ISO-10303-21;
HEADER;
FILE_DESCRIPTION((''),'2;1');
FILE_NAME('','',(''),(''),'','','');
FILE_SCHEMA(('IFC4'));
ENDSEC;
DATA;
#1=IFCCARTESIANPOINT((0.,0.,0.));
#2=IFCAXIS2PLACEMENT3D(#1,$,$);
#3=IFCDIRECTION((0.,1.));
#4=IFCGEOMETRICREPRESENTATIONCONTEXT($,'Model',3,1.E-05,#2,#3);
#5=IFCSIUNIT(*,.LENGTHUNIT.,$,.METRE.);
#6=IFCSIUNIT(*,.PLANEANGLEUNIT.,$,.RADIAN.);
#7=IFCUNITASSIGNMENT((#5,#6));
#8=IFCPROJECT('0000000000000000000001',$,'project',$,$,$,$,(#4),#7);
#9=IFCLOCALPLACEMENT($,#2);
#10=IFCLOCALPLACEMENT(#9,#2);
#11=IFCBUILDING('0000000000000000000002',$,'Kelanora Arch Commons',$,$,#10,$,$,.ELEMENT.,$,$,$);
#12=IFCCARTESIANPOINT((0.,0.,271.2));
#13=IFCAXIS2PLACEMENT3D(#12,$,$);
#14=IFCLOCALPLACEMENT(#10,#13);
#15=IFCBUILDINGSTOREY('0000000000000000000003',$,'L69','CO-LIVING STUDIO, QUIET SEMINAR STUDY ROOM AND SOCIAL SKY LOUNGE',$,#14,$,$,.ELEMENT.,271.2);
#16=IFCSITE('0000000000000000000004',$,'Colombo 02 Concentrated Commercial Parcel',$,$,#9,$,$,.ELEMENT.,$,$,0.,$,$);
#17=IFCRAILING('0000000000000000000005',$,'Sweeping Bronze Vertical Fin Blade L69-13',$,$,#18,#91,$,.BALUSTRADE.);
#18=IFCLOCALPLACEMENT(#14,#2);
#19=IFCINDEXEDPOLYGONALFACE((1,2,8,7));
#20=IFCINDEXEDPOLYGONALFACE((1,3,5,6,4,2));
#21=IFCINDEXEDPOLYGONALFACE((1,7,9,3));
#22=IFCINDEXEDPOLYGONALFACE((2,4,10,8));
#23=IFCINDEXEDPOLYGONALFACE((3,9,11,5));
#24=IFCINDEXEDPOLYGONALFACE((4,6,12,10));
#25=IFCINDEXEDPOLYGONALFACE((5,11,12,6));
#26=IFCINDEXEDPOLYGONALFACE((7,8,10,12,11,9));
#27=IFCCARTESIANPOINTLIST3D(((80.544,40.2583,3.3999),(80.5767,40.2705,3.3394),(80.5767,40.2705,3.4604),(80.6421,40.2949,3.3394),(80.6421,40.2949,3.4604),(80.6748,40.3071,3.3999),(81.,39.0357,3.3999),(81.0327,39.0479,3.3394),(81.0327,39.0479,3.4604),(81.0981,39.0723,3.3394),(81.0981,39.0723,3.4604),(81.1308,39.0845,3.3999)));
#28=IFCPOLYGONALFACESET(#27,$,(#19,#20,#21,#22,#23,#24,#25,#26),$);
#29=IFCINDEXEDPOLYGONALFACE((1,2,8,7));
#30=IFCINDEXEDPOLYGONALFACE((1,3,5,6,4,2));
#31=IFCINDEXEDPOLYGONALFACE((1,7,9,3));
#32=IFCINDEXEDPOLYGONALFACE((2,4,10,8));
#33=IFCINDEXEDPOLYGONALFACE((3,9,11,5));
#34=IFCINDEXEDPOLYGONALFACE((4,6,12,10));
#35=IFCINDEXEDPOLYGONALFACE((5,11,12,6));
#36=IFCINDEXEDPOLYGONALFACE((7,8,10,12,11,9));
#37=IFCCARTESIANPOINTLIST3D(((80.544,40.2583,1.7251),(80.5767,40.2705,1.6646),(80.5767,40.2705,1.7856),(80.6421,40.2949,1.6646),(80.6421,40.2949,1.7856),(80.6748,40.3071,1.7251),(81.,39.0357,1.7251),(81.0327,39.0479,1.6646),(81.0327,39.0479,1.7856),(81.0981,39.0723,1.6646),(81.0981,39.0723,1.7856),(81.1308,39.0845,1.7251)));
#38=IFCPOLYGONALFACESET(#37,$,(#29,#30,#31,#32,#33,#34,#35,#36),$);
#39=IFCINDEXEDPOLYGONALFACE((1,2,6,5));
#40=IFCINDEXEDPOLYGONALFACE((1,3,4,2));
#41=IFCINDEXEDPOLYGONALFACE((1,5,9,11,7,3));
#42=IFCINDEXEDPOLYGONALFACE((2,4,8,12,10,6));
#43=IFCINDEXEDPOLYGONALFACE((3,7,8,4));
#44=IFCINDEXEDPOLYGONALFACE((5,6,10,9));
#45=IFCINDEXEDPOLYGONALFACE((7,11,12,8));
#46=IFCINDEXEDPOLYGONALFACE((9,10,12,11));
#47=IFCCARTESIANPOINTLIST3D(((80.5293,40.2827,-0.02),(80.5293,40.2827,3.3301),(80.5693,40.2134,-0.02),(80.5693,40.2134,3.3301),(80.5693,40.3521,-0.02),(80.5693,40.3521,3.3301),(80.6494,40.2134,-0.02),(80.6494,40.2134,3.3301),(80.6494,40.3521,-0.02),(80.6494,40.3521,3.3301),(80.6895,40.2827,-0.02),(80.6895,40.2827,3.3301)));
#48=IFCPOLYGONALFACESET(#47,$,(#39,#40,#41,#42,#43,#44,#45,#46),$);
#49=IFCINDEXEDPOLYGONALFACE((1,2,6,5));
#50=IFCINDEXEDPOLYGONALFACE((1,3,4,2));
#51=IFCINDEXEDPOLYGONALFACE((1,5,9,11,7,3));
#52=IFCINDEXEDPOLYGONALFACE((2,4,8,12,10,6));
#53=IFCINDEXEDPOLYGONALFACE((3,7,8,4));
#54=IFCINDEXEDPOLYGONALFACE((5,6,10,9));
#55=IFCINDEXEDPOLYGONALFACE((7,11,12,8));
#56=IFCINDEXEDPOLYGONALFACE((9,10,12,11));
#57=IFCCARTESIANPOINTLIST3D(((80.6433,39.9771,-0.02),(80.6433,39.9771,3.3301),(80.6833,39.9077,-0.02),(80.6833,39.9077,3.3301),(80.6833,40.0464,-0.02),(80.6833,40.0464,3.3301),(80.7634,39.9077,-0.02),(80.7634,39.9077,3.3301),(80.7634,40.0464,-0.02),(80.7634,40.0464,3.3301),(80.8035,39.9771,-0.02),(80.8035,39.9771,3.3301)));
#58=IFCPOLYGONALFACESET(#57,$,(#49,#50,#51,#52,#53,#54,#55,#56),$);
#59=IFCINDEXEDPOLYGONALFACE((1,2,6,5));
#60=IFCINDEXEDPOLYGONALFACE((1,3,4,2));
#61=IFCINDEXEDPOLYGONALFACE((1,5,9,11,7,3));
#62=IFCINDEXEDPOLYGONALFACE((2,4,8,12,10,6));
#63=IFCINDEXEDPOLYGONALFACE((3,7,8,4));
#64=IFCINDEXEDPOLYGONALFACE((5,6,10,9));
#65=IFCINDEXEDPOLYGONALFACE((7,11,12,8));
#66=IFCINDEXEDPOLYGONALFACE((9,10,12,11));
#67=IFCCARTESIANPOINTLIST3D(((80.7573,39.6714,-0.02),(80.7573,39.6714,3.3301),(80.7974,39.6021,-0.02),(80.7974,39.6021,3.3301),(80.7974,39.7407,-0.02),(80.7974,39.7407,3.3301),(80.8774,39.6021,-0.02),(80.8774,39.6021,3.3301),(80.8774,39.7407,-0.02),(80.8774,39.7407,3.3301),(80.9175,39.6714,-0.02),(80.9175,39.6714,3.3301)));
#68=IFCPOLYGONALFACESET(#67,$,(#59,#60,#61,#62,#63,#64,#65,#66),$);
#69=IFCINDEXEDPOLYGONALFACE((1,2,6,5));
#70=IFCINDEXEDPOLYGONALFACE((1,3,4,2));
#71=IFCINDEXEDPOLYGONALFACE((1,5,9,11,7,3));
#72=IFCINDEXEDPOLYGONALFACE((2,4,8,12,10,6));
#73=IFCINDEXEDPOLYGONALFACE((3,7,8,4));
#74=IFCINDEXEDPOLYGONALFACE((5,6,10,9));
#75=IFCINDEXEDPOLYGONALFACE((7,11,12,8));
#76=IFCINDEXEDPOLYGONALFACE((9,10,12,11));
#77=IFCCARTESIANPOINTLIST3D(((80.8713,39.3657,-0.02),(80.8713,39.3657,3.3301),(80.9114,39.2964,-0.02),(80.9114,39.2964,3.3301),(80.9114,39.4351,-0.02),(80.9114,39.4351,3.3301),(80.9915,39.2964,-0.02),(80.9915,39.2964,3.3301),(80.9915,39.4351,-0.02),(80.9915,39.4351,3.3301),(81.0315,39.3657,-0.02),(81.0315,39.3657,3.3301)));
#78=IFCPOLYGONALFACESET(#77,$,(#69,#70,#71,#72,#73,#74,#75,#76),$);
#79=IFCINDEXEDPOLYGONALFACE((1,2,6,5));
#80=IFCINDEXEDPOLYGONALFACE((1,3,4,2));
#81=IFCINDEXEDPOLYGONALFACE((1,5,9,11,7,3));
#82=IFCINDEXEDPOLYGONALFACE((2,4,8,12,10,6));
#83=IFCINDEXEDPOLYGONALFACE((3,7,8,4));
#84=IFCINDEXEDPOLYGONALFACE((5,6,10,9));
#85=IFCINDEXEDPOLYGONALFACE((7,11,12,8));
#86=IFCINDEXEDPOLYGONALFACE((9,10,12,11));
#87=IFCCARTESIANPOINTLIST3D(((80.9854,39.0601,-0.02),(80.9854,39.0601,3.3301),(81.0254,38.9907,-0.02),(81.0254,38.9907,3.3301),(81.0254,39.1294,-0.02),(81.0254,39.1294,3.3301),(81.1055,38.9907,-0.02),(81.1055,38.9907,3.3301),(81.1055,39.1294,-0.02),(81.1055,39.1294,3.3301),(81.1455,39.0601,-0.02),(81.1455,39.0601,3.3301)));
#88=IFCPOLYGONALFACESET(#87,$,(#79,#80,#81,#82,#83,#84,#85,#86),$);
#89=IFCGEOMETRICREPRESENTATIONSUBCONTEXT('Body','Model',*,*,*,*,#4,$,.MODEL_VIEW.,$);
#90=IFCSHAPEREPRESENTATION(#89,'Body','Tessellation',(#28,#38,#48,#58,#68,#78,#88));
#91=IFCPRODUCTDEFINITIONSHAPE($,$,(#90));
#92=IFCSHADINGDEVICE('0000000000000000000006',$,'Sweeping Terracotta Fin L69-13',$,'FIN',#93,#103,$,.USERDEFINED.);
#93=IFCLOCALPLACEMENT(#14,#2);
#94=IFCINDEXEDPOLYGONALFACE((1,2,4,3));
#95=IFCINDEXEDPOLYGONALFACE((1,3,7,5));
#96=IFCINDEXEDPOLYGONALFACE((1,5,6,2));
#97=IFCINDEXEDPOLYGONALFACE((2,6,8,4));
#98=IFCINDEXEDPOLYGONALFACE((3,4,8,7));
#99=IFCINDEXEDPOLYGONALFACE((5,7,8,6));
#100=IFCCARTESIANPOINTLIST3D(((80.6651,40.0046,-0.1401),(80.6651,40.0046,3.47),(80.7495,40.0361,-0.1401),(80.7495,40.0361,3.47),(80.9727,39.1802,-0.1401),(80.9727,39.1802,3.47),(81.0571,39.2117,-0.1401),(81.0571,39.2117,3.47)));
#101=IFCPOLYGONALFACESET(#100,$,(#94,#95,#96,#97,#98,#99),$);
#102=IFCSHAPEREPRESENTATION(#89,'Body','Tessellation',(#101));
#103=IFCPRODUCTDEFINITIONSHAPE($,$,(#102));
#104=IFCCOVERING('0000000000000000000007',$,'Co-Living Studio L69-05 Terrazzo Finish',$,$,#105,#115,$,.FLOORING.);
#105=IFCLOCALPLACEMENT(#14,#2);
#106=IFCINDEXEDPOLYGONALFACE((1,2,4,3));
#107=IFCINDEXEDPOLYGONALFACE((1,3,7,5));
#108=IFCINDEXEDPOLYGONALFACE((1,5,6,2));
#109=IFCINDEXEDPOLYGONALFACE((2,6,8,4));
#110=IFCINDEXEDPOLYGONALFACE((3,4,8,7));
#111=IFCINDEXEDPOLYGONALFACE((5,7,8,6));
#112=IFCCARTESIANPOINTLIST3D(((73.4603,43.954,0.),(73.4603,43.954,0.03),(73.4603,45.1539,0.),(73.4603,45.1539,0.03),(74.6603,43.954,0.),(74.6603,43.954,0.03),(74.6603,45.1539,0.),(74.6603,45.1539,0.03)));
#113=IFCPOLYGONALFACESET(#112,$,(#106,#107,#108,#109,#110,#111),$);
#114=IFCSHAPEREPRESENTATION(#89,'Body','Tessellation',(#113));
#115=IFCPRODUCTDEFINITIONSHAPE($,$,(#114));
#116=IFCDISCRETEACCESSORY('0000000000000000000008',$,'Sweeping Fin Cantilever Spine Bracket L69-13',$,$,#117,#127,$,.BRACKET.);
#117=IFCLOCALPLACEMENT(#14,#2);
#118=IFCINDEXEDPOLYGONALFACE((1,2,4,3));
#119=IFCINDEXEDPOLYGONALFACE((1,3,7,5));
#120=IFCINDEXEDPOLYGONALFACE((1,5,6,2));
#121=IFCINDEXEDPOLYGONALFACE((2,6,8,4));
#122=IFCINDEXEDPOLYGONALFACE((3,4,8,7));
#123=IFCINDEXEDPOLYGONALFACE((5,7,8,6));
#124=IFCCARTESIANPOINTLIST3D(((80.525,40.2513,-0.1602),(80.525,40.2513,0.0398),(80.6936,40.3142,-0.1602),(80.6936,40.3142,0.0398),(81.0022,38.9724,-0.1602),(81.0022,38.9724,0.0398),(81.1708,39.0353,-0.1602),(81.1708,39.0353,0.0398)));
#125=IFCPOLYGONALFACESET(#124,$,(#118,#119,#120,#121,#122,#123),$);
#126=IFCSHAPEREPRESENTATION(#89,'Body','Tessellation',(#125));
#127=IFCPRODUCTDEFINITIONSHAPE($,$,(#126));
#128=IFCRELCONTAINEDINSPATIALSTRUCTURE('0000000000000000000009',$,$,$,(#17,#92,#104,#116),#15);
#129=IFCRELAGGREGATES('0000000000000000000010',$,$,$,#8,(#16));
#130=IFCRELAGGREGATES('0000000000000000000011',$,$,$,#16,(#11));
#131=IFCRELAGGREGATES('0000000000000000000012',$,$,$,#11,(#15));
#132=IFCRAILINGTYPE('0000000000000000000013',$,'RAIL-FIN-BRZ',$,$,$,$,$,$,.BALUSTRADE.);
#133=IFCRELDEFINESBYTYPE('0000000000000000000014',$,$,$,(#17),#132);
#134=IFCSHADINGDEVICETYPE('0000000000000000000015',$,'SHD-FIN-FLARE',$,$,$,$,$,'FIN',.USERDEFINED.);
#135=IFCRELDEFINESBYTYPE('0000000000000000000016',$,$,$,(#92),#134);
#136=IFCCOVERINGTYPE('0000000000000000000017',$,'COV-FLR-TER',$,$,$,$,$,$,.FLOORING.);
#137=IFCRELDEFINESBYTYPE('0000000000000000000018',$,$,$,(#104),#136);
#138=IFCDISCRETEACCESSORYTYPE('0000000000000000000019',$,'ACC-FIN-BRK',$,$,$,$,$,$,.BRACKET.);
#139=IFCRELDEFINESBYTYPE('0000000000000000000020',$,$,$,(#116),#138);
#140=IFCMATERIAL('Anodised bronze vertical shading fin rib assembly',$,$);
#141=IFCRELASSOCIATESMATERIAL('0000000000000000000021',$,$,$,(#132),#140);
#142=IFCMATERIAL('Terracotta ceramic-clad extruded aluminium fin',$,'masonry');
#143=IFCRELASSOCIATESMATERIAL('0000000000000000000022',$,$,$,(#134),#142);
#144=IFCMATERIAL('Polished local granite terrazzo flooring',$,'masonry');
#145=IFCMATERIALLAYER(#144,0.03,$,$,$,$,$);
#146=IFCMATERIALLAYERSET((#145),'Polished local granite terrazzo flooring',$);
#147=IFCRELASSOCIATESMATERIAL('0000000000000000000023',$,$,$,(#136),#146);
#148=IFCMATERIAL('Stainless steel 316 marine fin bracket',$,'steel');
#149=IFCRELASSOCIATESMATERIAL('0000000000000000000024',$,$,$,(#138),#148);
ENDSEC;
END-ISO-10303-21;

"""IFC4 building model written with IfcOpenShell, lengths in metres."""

from ifc_helpers import new_model, si_unit, direction, frame, origin, origin_2d, place, context, subcontext, project, spatial, polyline, rectangle, outline, extrude, source, transform, mapped, material, layer, layer_set, type_object, element, save


model = new_model("IFC4")

# Units and contexts
model_context = context("Model", 3, precision=1e-05, world=origin(), true_north=direction((0.0, 1.0)))
body_context = subcontext(model_context, "Body", "Model", "MODEL_VIEW")
ifc_project = project(units=[si_unit("LENGTHUNIT", "METRE"), si_unit("PLANEANGLEUNIT", "RADIAN")], contexts=[model_context])

# Site, building, storey
site_placement = place(None, origin())
site = spatial("IfcSite", under=ifc_project, at=site_placement, Name="Colombo 02 Concentrated Commercial Parcel", CompositionType="ELEMENT", RefElevation=0.0)
building_placement = place(site_placement, origin())
building = spatial("IfcBuilding", under=site, at=building_placement, Name="Kelanora Arch Commons", CompositionType="ELEMENT")
storey_placement = place(building_placement, frame((0.0, 0.0, 271.2)))
storey = spatial("IfcBuildingStorey", under=building, at=storey_placement, Name="L69", Description="CO-LIVING STUDIO, QUIET SEMINAR STUDY ROOM AND SOCIAL SKY LOUNGE", CompositionType="ELEMENT", Elevation=271.2)

# Railing
ifc_material_1 = material(Name="Anodised bronze vertical shading fin rib assembly")
railing_type = type_object("IfcRailingType", Name="RAIL-FIN-BRZ", PredefinedType="BALUSTRADE", material=ifc_material_1)
railing_placement = place(storey_placement, frame((80.6094, 40.2827, -0.02)))
element("IfcRailing", 1, at=railing_placement, inside=storey, type_object=railing_type, Name="Sweeping Bronze Vertical Fin Blade L69-13", PredefinedType="BALUSTRADE", context=body_context, shape_type="SweptSolid", body=[
    extrude(outline(polyline([(0.0698, 0.0), (0.0349, 0.0605), (-0.0349, 0.0605), (-0.0698, 0.0), (-0.0349, -0.0605), (0.0349, -0.0605), (0.0698, 0.0)])), frame((0.0, 0.0, 3.4199), z_axis=(0.349483, -0.936943, 0.0), x_axis=(0.936943, 0.349483, 0.0)), (0.0, 0.0, 1.0), 1.3049),
    extrude(outline(polyline([(0.0698, 0.0), (0.0349, 0.0605), (-0.0349, 0.0605), (-0.0698, 0.0), (-0.0349, -0.0605), (0.0349, -0.0605), (0.0698, 0.0)])), frame((0.0, 0.0, 1.7451), z_axis=(0.349483, -0.936943, 0.0), x_axis=(0.936943, 0.349483, 0.0)), (0.0, 0.0, 1.0), 1.3049),
    extrude(outline(polyline([(0.0801, 0.0), (0.04, 0.0693), (-0.04, 0.0693), (-0.0801, 0.0), (-0.04, -0.0693), (0.04, -0.0693), (0.0801, 0.0)])), origin(), (0.0, 0.0, 1.0), 3.3501),
    extrude(outline(polyline([(0.0801, 0.0), (0.04, 0.0693), (-0.04, 0.0693), (-0.0801, 0.0), (-0.04, -0.0693), (0.04, -0.0693), (0.0801, 0.0)])), frame((0.114, -0.3057, 0.0)), (0.0, 0.0, 1.0), 3.3501),
    extrude(outline(polyline([(0.0801, 0.0), (0.04, 0.0693), (-0.04, 0.0693), (-0.0801, 0.0), (-0.04, -0.0693), (0.04, -0.0693), (0.0801, 0.0)])), frame((0.228, -0.6113, 0.0)), (0.0, 0.0, 1.0), 3.3501),
    extrude(outline(polyline([(0.0801, 0.0), (0.04, 0.0693), (-0.04, 0.0693), (-0.0801, 0.0), (-0.04, -0.0693), (0.04, -0.0693), (0.0801, 0.0)])), frame((0.342, -0.917, 0.0)), (0.0, 0.0, 1.0), 3.3501),
    extrude(outline(polyline([(0.0801, 0.0), (0.04, 0.0693), (-0.04, 0.0693), (-0.0801, 0.0), (-0.04, -0.0693), (0.04, -0.0693), (0.0801, 0.0)])), frame((0.4561, -1.2227, 0.0)), (0.0, 0.0, 1.0), 3.3501),
])

# Shading device
ifc_material_2 = material(Name="Terracotta ceramic-clad extruded aluminium fin", Category="masonry")
shading_device_type = type_object("IfcShadingDeviceType", Name="SHD-FIN-FLARE", ElementType="FIN", PredefinedType="USERDEFINED", material=ifc_material_2)
shared_shape_1 = source(origin(), body_context, "Body", "SweptSolid", [
    extrude(rectangle(XDim=0.8799, YDim=0.0901, at=origin_2d()), origin(), (0.0, 0.0, 1.0), 3.6101),
])
shading_device_placement = place(storey_placement, frame((80.8611, 39.6082, -0.1401), z_axis=(0.0, 0.0, 1.0), x_axis=(0.349553, -0.936916, 0.0)))
element("IfcShadingDevice", 2, at=shading_device_placement, inside=storey, type_object=shading_device_type, Name="Sweeping Terracotta Fin L69-13", ObjectType="FIN", PredefinedType="USERDEFINED", context=body_context, shape_type="MappedRepresentation", body=[
    mapped(shared_shape_1, transform((0.0, 0.0, 0.0), scale=1.0)),
])

# Covering
ifc_material_3 = material(Name="Polished local granite terrazzo flooring", Category="masonry")
ifc_layer_1 = layer(ifc_material_3, 0.03)
ifc_layer_set_1 = layer_set([ifc_layer_1], Name="Polished local granite terrazzo flooring")
covering_type = type_object("IfcCoveringType", Name="COV-FLR-TER", PredefinedType="FLOORING", material=ifc_layer_set_1)
shared_shape_2 = source(origin(), body_context, "Body", "SweptSolid", [
    extrude(rectangle(XDim=1.2, YDim=1.2, at=origin_2d()), origin(), (0.0, 0.0, 1.0), 0.03),
])
covering_placement = place(storey_placement, frame((74.0603, 44.554, 0.0), z_axis=(0.0, 0.0, 1.0), x_axis=(1.0, 0.0, 0.0)))
element("IfcCovering", 3, at=covering_placement, inside=storey, type_object=covering_type, Name="Co-Living Studio L69-05 Terrazzo Finish", PredefinedType="FLOORING", context=body_context, shape_type="MappedRepresentation", body=[
    mapped(shared_shape_2, transform((0.0, 0.0, 0.0), scale=1.0)),
])

# Discrete accessory
ifc_material_4 = material(Name="Stainless steel 316 marine fin bracket", Category="steel")
discrete_accessory_type = type_object("IfcDiscreteAccessoryType", Name="ACC-FIN-BRK", PredefinedType="BRACKET", material=ifc_material_4)
shared_shape_3 = source(origin(), body_context, "Body", "SweptSolid", [
    extrude(rectangle(XDim=1.365, YDim=0.1799, at=origin_2d()), origin(), (0.0, 0.0, 1.0), 0.2),
])
discrete_accessory_placement = place(storey_placement, frame((80.8479, 39.6433, -0.1602), z_axis=(0.0, 0.0, 1.0), x_axis=(0.349553, -0.936916, 0.0)))
element("IfcDiscreteAccessory", 4, at=discrete_accessory_placement, inside=storey, type_object=discrete_accessory_type, Name="Sweeping Fin Cantilever Spine Bracket L69-13", PredefinedType="BRACKET", context=body_context, shape_type="MappedRepresentation", body=[
    mapped(shared_shape_3, transform((0.0, 0.0, 0.0), scale=1.0)),
])

save(model, "model.ifc")
